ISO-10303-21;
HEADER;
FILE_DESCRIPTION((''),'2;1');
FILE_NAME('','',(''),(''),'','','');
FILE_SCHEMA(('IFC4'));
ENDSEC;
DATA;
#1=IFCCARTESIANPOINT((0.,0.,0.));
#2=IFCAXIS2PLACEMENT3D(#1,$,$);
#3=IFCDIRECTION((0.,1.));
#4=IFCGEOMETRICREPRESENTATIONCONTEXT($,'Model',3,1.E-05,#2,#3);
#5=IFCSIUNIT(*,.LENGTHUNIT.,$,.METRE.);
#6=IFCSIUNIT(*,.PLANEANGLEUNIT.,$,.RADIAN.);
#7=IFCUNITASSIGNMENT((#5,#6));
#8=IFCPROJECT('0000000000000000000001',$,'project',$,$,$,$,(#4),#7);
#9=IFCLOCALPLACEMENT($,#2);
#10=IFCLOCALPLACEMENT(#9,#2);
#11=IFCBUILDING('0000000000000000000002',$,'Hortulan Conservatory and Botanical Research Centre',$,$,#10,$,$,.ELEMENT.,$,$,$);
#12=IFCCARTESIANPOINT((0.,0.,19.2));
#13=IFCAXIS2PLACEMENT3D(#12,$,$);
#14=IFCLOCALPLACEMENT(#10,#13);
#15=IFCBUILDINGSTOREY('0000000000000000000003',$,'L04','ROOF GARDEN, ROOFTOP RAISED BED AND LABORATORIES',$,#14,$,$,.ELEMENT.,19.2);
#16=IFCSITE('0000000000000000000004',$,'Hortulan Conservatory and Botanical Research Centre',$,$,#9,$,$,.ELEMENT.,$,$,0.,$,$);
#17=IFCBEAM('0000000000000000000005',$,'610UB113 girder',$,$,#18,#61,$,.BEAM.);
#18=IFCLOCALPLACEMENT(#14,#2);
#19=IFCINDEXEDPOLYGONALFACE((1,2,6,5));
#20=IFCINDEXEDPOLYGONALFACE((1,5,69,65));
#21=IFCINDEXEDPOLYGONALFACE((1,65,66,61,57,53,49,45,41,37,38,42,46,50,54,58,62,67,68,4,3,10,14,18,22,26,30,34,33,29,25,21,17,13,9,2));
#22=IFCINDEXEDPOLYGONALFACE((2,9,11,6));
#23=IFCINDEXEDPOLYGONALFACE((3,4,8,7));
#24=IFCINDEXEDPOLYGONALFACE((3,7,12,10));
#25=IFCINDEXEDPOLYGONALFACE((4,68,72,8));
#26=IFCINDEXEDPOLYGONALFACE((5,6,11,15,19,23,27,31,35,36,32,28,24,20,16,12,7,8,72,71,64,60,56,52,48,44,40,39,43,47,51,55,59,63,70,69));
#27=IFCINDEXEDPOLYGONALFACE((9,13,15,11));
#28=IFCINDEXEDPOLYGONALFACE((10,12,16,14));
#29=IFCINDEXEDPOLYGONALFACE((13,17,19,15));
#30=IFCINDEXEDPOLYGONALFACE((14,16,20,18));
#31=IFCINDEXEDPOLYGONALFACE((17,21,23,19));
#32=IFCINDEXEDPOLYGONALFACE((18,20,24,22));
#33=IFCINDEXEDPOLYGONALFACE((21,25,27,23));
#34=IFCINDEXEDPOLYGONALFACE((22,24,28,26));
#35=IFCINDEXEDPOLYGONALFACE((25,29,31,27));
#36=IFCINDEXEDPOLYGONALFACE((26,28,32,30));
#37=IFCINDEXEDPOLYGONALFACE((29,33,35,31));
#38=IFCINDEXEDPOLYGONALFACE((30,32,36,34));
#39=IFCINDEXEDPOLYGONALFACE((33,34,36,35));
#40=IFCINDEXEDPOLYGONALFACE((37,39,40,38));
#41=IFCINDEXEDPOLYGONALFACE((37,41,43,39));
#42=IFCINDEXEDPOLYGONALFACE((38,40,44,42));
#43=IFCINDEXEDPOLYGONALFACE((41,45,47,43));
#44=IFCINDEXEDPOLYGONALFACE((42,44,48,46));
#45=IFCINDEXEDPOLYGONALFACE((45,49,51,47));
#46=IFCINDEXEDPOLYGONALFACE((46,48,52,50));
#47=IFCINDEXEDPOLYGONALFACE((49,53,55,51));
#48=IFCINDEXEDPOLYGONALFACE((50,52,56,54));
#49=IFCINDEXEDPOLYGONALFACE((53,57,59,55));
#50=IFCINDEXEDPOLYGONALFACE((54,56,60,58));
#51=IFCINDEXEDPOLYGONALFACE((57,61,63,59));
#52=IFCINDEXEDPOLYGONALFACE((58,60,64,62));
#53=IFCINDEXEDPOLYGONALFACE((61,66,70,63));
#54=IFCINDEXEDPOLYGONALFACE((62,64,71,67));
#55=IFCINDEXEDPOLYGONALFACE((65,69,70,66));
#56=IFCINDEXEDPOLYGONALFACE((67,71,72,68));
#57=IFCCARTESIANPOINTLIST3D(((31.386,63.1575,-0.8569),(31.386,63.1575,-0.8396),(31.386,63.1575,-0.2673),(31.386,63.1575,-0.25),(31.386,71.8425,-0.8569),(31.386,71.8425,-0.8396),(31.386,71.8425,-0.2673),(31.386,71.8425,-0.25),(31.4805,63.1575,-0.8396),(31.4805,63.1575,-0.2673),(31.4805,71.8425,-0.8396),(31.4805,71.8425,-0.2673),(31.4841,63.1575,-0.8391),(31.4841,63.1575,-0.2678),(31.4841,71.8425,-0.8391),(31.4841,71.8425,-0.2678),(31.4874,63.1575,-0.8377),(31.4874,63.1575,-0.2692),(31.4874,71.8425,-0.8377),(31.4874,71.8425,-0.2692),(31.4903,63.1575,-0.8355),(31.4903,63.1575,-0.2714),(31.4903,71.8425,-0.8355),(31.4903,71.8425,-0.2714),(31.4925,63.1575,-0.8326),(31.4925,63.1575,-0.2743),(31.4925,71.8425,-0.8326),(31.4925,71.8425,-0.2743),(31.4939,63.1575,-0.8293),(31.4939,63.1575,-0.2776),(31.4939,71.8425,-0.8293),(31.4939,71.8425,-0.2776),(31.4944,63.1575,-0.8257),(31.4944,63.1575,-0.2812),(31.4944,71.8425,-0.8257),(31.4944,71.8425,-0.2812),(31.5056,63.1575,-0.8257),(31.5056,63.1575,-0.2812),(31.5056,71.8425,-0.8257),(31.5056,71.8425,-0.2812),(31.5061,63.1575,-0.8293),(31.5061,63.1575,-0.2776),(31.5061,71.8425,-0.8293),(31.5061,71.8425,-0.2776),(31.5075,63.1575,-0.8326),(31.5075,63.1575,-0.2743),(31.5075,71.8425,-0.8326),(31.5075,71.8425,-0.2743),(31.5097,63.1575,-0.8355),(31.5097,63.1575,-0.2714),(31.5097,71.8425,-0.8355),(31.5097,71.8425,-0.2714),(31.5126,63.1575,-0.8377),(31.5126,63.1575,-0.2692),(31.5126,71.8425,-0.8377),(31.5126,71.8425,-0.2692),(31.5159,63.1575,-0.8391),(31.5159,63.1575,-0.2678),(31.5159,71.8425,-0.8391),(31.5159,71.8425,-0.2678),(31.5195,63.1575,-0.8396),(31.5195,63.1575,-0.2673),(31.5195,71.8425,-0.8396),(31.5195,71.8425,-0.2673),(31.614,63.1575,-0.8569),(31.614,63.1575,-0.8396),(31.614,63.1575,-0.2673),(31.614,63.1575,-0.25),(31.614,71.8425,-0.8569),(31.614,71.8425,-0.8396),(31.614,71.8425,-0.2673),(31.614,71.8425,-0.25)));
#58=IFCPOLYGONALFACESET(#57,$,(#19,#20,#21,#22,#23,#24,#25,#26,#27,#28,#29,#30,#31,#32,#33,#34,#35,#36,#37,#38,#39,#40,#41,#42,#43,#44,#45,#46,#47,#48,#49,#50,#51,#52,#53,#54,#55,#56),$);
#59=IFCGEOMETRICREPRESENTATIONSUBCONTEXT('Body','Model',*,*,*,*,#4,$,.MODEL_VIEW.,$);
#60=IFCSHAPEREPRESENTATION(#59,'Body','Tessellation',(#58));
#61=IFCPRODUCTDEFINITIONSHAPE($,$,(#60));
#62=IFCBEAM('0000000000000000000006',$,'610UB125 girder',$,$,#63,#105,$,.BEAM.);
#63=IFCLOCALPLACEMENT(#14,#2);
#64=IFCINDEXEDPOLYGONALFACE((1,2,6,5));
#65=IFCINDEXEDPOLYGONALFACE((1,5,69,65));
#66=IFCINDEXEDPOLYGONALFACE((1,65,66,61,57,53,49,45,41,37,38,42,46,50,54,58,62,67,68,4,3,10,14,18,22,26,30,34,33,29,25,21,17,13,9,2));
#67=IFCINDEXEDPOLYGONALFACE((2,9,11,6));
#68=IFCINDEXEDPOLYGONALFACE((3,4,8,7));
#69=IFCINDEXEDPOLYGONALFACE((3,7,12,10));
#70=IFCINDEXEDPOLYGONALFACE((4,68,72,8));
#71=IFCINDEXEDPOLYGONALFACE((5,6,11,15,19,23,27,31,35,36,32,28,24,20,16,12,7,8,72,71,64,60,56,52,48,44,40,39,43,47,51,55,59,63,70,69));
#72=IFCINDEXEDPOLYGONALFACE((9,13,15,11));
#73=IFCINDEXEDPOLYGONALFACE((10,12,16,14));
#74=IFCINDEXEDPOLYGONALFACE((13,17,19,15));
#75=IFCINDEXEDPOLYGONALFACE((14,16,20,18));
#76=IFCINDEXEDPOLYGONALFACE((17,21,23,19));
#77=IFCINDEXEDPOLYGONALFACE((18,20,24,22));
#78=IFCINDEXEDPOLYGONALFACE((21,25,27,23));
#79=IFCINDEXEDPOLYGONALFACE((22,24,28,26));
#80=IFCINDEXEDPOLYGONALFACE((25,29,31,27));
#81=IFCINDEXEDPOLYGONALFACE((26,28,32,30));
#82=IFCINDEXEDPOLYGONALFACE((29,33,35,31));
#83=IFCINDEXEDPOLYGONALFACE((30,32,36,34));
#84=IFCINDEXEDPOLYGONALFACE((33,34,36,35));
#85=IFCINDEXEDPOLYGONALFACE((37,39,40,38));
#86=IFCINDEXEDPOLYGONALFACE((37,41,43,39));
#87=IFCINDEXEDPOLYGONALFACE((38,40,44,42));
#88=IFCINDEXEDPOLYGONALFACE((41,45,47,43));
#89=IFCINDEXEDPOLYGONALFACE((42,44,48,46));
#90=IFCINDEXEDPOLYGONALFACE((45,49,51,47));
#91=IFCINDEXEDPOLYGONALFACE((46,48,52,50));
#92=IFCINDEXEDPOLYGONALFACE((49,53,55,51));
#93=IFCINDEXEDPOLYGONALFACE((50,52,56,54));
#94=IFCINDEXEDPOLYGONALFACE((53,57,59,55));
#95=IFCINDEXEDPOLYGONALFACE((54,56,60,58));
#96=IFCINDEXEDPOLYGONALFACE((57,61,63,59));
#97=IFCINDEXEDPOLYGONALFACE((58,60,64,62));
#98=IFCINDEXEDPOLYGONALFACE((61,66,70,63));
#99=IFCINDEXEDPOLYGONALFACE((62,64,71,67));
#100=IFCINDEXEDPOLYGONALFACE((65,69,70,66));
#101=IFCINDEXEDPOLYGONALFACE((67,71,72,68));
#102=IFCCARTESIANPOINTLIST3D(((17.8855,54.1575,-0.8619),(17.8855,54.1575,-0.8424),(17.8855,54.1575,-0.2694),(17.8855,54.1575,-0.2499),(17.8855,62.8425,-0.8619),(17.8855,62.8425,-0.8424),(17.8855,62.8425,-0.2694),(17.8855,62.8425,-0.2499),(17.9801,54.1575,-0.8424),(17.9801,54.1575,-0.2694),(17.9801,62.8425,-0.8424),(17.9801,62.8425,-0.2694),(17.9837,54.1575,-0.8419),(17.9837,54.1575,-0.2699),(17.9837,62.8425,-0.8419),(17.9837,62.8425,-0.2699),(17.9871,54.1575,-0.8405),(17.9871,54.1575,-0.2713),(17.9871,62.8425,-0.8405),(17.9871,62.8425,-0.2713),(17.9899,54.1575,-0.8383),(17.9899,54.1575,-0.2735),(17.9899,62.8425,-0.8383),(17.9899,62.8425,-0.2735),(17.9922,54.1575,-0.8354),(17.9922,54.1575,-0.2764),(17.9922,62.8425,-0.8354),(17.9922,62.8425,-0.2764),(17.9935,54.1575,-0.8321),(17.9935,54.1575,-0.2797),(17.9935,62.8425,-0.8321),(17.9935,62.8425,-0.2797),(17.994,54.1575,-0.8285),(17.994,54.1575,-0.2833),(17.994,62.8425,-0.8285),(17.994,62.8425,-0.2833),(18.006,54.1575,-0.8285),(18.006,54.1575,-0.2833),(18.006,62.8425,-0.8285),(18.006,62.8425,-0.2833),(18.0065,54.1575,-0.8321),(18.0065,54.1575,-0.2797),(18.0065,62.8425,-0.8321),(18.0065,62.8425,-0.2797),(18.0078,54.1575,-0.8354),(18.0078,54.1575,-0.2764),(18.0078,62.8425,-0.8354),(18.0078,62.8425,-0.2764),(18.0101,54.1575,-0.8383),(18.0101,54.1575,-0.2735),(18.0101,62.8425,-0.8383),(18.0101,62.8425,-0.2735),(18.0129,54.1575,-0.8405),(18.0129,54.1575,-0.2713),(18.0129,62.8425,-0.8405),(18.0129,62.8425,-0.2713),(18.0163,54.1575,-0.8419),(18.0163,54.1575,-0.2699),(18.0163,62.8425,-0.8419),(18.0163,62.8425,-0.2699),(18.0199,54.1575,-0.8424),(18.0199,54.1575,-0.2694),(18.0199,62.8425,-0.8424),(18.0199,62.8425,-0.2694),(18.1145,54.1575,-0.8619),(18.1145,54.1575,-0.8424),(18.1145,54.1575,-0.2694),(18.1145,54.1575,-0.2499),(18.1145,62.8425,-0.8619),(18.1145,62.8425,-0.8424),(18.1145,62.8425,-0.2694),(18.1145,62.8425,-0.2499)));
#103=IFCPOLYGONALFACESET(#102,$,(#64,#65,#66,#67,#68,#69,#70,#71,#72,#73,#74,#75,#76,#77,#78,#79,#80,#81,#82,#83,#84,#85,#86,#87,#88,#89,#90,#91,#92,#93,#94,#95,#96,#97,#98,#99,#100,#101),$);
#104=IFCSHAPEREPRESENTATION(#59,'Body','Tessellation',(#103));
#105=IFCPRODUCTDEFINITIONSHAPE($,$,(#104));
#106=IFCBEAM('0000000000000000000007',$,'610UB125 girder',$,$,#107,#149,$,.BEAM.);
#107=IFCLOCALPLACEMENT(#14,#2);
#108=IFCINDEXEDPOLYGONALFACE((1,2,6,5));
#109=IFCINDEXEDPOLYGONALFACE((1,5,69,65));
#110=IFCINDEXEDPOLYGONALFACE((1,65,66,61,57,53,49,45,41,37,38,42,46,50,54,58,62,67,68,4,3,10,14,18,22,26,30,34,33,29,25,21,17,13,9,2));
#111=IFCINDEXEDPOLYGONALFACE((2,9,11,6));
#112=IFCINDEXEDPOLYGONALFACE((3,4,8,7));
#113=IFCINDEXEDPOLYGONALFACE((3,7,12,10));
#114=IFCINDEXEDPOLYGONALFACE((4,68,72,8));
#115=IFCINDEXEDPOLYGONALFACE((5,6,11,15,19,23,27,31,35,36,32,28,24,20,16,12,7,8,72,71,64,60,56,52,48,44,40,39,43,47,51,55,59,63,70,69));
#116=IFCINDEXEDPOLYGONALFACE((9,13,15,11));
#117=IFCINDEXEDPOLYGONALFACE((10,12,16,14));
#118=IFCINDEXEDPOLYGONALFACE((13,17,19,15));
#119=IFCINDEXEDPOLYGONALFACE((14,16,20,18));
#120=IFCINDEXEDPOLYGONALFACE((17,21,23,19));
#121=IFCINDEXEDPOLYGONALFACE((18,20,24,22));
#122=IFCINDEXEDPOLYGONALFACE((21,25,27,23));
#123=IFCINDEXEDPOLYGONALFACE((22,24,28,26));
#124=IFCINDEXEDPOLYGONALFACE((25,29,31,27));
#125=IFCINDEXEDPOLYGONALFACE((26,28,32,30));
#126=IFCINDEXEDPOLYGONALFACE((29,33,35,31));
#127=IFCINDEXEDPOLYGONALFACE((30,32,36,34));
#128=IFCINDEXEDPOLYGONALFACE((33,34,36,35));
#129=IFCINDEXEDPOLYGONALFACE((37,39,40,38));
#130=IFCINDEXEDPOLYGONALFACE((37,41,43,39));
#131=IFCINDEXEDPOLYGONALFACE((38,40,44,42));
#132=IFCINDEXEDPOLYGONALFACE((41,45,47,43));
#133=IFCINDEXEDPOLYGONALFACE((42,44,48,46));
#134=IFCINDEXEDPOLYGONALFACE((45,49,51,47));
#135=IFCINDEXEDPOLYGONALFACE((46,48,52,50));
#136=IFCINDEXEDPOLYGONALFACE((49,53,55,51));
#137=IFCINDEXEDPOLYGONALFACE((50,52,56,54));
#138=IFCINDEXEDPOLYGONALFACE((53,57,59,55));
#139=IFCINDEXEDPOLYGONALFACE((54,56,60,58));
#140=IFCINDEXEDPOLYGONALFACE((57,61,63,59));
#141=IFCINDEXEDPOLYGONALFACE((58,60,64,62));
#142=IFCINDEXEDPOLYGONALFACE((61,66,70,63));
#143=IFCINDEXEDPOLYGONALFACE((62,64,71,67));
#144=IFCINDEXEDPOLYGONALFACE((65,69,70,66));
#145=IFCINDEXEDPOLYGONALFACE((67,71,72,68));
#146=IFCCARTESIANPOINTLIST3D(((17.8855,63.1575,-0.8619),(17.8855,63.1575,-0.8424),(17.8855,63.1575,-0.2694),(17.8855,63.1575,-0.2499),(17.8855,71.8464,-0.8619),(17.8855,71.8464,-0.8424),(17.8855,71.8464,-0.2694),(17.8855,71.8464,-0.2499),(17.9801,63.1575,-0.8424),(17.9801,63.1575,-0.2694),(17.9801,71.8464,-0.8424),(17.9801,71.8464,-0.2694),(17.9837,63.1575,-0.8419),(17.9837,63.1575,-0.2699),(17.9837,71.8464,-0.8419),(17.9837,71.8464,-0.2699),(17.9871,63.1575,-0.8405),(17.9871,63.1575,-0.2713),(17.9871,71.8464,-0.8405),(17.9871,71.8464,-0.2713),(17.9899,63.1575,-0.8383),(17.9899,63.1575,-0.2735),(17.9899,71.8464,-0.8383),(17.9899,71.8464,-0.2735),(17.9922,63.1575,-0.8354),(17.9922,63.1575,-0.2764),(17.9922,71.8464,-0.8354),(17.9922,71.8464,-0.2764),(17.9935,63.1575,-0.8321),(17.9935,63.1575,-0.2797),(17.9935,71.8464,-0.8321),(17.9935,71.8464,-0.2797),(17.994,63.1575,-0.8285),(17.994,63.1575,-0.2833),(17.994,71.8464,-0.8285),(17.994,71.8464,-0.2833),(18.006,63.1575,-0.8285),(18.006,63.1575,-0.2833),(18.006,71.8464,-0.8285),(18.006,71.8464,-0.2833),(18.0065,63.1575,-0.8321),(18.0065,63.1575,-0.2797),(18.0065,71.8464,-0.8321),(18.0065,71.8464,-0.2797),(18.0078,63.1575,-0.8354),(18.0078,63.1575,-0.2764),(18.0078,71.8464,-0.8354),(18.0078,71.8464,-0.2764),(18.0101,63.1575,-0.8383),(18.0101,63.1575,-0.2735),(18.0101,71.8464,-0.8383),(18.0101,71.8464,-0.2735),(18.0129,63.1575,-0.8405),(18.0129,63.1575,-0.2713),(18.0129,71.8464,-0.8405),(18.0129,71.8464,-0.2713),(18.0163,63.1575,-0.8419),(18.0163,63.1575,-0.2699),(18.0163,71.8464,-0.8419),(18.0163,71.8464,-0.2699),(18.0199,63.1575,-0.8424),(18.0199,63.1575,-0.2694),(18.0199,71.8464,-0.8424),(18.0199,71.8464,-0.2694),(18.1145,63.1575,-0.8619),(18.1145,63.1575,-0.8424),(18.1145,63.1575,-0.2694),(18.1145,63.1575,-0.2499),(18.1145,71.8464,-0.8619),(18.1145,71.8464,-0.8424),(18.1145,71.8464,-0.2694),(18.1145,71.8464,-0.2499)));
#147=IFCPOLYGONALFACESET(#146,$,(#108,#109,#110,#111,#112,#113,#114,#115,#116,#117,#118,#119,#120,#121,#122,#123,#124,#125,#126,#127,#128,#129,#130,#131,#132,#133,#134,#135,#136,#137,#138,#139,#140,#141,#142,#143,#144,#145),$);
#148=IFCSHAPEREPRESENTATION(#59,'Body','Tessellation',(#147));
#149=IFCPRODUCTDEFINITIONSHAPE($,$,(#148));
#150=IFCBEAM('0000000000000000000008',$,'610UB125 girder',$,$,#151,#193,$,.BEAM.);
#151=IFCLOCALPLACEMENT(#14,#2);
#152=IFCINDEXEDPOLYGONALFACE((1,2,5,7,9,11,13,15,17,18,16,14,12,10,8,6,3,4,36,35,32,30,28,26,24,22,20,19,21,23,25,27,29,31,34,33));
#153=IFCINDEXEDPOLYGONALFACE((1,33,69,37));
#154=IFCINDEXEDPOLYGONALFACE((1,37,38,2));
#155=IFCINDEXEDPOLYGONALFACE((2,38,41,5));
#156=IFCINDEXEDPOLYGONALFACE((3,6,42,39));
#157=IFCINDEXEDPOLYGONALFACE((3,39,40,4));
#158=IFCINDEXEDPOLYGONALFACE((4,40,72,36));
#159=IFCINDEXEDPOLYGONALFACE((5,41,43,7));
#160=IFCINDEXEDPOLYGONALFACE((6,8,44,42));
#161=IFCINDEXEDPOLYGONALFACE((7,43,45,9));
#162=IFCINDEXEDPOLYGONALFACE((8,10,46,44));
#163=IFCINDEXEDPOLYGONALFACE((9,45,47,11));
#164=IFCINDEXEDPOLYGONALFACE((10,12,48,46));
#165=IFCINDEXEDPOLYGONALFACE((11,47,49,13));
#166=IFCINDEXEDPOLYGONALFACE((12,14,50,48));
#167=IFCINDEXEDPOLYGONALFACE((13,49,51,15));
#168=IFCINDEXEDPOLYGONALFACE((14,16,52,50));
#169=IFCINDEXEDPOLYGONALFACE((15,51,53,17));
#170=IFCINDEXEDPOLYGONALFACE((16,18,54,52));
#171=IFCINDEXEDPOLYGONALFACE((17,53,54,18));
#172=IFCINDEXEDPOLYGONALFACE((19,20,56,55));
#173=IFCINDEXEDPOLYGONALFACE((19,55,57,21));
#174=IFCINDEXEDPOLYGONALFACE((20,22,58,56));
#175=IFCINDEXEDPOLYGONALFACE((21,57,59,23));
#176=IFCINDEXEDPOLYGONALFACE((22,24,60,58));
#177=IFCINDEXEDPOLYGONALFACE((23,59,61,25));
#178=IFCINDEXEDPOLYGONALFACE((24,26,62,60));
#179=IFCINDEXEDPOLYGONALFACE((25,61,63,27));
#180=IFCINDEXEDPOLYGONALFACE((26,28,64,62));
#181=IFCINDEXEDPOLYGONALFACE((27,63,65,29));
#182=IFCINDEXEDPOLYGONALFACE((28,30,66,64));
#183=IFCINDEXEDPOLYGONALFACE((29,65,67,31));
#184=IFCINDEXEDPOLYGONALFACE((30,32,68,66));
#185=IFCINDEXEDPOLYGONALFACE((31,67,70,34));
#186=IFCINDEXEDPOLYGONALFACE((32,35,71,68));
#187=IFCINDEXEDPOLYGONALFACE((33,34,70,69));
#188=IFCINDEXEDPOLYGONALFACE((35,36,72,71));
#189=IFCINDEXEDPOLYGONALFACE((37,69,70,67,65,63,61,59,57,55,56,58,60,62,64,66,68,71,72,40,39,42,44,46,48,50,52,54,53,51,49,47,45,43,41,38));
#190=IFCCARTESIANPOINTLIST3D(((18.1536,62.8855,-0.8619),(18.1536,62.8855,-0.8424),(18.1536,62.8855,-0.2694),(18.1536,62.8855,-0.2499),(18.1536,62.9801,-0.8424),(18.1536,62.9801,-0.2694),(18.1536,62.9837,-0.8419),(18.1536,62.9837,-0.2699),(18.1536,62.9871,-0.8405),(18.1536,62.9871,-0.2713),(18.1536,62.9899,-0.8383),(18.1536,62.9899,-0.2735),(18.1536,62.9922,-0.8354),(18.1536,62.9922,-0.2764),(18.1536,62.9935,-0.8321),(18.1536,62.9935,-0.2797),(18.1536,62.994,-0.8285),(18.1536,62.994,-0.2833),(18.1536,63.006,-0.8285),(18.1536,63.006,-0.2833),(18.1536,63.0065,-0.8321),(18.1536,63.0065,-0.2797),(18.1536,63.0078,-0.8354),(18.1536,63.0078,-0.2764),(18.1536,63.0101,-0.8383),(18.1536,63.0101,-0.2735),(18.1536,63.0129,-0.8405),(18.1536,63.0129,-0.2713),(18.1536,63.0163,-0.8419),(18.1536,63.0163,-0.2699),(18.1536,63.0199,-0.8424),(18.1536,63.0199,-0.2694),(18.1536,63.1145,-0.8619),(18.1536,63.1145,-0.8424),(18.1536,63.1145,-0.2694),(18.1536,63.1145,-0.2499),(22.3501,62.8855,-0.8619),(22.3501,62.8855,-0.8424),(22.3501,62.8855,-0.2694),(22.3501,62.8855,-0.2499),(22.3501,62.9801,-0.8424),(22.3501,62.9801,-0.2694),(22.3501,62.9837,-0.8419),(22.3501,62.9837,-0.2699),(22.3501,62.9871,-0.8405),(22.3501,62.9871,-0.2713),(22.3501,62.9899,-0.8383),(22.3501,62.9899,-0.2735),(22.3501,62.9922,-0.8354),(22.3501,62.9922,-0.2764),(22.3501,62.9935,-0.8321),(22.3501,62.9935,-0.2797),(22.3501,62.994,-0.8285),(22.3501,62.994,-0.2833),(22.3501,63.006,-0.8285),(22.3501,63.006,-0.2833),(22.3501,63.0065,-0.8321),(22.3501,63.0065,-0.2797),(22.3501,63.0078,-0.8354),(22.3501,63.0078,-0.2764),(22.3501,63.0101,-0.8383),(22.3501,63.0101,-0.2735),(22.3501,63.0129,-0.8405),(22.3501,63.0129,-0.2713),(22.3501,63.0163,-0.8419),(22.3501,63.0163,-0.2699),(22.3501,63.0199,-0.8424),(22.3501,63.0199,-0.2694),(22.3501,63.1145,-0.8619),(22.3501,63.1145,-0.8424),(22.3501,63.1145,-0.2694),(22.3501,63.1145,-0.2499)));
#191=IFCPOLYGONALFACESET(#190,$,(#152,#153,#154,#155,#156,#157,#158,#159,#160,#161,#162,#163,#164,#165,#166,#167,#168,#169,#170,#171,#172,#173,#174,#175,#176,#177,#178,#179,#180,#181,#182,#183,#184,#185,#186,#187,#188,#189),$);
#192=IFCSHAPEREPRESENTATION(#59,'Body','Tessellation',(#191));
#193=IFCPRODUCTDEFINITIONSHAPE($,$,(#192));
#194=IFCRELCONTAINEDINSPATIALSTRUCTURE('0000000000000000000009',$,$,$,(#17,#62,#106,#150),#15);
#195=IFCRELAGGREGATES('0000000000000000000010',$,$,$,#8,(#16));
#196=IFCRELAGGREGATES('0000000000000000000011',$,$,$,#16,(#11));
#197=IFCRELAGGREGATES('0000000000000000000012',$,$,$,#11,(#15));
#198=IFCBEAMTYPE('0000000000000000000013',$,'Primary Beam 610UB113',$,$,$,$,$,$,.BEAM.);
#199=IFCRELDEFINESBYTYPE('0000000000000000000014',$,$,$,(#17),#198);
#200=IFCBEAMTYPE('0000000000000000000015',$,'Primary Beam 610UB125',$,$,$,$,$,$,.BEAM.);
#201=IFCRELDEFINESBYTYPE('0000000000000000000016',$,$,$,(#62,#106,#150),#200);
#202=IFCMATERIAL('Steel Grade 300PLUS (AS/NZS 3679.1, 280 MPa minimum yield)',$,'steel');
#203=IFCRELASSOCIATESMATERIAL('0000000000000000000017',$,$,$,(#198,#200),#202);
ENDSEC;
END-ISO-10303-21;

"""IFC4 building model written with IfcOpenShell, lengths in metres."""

from ifc_helpers import new_model, si_unit, direction, frame, origin, origin_2d, place, context, subcontext, project, spatial, i_section, extrude, material, material_profile, profile_set, type_object, element, save


model = new_model("IFC4")

# Units and contexts
model_context = context("Model", 3, precision=1e-05, world=origin(), true_north=direction((0.0, 1.0)))
body_context = subcontext(model_context, "Body", "Model", "MODEL_VIEW")
ifc_project = project(units=[si_unit("LENGTHUNIT", "METRE"), si_unit("PLANEANGLEUNIT", "RADIAN")], contexts=[model_context])

# Site, building, storey
site_placement = place(None, origin())
site = spatial("IfcSite", under=ifc_project, at=site_placement, Name="Hortulan Conservatory and Botanical Research Centre", CompositionType="ELEMENT", RefElevation=0.0)
building_placement = place(site_placement, origin())
building = spatial("IfcBuilding", under=site, at=building_placement, Name="Hortulan Conservatory and Botanical Research Centre", CompositionType="ELEMENT")
storey_placement = place(building_placement, frame((0.0, 0.0, 19.2)))
storey = spatial("IfcBuildingStorey", under=building, at=storey_placement, Name="L04", Description="ROOF GARDEN, ROOFTOP RAISED BED AND LABORATORIES", CompositionType="ELEMENT", Elevation=19.2)

# Beams
ifc_material_1 = material(Name="Steel Grade 300PLUS (AS/NZS 3679.1, 280 MPa minimum yield)", Category="steel")
ifc_material_profile_1 = material_profile(ifc_material_1, i_section(OverallWidth=0.228, OverallDepth=0.6069, WebThickness=0.0112, FlangeThickness=0.0173, FilletRadius=0.0139, at=origin_2d()), Name="610UB113")
ifc_profile_set_1 = profile_set([ifc_material_profile_1], Name="Steel Grade 300PLUS (AS/NZS 3679.1, 280 MPa minimum yield)")
beam_type_1 = type_object("IfcBeamType", Name="Primary Beam 610UB113", PredefinedType="BEAM", material=ifc_profile_set_1)
for number, where, z_axis, x_axis, name in (
    (1, (31.5, 63.1575, -0.5535), (0.0, 1.0, 0.0), (-1.0, 0.0, 0.0), "610UB113 girder"),
):
    element("IfcBeam", number, at=place(storey_placement, frame(where, z_axis=z_axis, x_axis=x_axis)), inside=storey, type_object=beam_type_1, Name=name, PredefinedType="BEAM", context=body_context, shape_type="SweptSolid", body=[
        extrude(i_section(OverallWidth=0.228, OverallDepth=0.6069, WebThickness=0.0112, FlangeThickness=0.0173, FilletRadius=0.0139, at=origin_2d()), origin(), (0.0, 0.0, 1.0), 8.6851),
    ])
ifc_material_profile_2 = material_profile(ifc_material_1, i_section(OverallWidth=0.229, OverallDepth=0.6121, WebThickness=0.012, FlangeThickness=0.0195, FilletRadius=0.0139, at=origin_2d()), Name="610UB125")
ifc_profile_set_2 = profile_set([ifc_material_profile_2], Name="Steel Grade 300PLUS (AS/NZS 3679.1, 280 MPa minimum yield)")
beam_type_2 = type_object("IfcBeamType", Name="Primary Beam 610UB125", PredefinedType="BEAM", material=ifc_profile_set_2)
beam_1_placement = place(storey_placement, frame((18.0, 54.1575, -0.5559), z_axis=(0.0, 1.0, 0.0), x_axis=(-1.0, 0.0, 0.0)))
element("IfcBeam", 2, at=beam_1_placement, inside=storey, type_object=beam_type_2, Name="610UB125 girder", PredefinedType="BEAM", context=body_context, shape_type="SweptSolid", body=[
    extrude(i_section(OverallWidth=0.229, OverallDepth=0.6121, WebThickness=0.012, FlangeThickness=0.0195, FilletRadius=0.0139, at=origin_2d()), origin(), (0.0, 0.0, 1.0), 8.6851),
])
beam_2_placement = place(storey_placement, frame((18.0, 63.1575, -0.5559), z_axis=(0.0, 1.0, 0.0), x_axis=(-1.0, 0.0, 0.0)))
element("IfcBeam", 3, at=beam_2_placement, inside=storey, type_object=beam_type_2, Name="610UB125 girder", PredefinedType="BEAM", context=body_context, shape_type="SweptSolid", body=[
    extrude(i_section(OverallWidth=0.229, OverallDepth=0.6121, WebThickness=0.012, FlangeThickness=0.0195, FilletRadius=0.0139, at=origin_2d()), origin(), (0.0, 0.0, 1.0), 8.689),
])
beam_3_placement = place(storey_placement, frame((18.1536, 63.0, -0.5559), z_axis=(1.0, 0.0, 0.0), x_axis=(0.0, 1.0, 0.0)))
element("IfcBeam", 4, at=beam_3_placement, inside=storey, type_object=beam_type_2, Name="610UB125 girder", PredefinedType="BEAM", context=body_context, shape_type="SweptSolid", body=[
    extrude(i_section(OverallWidth=0.229, OverallDepth=0.6121, WebThickness=0.012, FlangeThickness=0.0195, FilletRadius=0.0139, at=origin_2d()), origin(), (0.0, 0.0, 1.0), 4.1965),
])

save(model, "model.ifc")
